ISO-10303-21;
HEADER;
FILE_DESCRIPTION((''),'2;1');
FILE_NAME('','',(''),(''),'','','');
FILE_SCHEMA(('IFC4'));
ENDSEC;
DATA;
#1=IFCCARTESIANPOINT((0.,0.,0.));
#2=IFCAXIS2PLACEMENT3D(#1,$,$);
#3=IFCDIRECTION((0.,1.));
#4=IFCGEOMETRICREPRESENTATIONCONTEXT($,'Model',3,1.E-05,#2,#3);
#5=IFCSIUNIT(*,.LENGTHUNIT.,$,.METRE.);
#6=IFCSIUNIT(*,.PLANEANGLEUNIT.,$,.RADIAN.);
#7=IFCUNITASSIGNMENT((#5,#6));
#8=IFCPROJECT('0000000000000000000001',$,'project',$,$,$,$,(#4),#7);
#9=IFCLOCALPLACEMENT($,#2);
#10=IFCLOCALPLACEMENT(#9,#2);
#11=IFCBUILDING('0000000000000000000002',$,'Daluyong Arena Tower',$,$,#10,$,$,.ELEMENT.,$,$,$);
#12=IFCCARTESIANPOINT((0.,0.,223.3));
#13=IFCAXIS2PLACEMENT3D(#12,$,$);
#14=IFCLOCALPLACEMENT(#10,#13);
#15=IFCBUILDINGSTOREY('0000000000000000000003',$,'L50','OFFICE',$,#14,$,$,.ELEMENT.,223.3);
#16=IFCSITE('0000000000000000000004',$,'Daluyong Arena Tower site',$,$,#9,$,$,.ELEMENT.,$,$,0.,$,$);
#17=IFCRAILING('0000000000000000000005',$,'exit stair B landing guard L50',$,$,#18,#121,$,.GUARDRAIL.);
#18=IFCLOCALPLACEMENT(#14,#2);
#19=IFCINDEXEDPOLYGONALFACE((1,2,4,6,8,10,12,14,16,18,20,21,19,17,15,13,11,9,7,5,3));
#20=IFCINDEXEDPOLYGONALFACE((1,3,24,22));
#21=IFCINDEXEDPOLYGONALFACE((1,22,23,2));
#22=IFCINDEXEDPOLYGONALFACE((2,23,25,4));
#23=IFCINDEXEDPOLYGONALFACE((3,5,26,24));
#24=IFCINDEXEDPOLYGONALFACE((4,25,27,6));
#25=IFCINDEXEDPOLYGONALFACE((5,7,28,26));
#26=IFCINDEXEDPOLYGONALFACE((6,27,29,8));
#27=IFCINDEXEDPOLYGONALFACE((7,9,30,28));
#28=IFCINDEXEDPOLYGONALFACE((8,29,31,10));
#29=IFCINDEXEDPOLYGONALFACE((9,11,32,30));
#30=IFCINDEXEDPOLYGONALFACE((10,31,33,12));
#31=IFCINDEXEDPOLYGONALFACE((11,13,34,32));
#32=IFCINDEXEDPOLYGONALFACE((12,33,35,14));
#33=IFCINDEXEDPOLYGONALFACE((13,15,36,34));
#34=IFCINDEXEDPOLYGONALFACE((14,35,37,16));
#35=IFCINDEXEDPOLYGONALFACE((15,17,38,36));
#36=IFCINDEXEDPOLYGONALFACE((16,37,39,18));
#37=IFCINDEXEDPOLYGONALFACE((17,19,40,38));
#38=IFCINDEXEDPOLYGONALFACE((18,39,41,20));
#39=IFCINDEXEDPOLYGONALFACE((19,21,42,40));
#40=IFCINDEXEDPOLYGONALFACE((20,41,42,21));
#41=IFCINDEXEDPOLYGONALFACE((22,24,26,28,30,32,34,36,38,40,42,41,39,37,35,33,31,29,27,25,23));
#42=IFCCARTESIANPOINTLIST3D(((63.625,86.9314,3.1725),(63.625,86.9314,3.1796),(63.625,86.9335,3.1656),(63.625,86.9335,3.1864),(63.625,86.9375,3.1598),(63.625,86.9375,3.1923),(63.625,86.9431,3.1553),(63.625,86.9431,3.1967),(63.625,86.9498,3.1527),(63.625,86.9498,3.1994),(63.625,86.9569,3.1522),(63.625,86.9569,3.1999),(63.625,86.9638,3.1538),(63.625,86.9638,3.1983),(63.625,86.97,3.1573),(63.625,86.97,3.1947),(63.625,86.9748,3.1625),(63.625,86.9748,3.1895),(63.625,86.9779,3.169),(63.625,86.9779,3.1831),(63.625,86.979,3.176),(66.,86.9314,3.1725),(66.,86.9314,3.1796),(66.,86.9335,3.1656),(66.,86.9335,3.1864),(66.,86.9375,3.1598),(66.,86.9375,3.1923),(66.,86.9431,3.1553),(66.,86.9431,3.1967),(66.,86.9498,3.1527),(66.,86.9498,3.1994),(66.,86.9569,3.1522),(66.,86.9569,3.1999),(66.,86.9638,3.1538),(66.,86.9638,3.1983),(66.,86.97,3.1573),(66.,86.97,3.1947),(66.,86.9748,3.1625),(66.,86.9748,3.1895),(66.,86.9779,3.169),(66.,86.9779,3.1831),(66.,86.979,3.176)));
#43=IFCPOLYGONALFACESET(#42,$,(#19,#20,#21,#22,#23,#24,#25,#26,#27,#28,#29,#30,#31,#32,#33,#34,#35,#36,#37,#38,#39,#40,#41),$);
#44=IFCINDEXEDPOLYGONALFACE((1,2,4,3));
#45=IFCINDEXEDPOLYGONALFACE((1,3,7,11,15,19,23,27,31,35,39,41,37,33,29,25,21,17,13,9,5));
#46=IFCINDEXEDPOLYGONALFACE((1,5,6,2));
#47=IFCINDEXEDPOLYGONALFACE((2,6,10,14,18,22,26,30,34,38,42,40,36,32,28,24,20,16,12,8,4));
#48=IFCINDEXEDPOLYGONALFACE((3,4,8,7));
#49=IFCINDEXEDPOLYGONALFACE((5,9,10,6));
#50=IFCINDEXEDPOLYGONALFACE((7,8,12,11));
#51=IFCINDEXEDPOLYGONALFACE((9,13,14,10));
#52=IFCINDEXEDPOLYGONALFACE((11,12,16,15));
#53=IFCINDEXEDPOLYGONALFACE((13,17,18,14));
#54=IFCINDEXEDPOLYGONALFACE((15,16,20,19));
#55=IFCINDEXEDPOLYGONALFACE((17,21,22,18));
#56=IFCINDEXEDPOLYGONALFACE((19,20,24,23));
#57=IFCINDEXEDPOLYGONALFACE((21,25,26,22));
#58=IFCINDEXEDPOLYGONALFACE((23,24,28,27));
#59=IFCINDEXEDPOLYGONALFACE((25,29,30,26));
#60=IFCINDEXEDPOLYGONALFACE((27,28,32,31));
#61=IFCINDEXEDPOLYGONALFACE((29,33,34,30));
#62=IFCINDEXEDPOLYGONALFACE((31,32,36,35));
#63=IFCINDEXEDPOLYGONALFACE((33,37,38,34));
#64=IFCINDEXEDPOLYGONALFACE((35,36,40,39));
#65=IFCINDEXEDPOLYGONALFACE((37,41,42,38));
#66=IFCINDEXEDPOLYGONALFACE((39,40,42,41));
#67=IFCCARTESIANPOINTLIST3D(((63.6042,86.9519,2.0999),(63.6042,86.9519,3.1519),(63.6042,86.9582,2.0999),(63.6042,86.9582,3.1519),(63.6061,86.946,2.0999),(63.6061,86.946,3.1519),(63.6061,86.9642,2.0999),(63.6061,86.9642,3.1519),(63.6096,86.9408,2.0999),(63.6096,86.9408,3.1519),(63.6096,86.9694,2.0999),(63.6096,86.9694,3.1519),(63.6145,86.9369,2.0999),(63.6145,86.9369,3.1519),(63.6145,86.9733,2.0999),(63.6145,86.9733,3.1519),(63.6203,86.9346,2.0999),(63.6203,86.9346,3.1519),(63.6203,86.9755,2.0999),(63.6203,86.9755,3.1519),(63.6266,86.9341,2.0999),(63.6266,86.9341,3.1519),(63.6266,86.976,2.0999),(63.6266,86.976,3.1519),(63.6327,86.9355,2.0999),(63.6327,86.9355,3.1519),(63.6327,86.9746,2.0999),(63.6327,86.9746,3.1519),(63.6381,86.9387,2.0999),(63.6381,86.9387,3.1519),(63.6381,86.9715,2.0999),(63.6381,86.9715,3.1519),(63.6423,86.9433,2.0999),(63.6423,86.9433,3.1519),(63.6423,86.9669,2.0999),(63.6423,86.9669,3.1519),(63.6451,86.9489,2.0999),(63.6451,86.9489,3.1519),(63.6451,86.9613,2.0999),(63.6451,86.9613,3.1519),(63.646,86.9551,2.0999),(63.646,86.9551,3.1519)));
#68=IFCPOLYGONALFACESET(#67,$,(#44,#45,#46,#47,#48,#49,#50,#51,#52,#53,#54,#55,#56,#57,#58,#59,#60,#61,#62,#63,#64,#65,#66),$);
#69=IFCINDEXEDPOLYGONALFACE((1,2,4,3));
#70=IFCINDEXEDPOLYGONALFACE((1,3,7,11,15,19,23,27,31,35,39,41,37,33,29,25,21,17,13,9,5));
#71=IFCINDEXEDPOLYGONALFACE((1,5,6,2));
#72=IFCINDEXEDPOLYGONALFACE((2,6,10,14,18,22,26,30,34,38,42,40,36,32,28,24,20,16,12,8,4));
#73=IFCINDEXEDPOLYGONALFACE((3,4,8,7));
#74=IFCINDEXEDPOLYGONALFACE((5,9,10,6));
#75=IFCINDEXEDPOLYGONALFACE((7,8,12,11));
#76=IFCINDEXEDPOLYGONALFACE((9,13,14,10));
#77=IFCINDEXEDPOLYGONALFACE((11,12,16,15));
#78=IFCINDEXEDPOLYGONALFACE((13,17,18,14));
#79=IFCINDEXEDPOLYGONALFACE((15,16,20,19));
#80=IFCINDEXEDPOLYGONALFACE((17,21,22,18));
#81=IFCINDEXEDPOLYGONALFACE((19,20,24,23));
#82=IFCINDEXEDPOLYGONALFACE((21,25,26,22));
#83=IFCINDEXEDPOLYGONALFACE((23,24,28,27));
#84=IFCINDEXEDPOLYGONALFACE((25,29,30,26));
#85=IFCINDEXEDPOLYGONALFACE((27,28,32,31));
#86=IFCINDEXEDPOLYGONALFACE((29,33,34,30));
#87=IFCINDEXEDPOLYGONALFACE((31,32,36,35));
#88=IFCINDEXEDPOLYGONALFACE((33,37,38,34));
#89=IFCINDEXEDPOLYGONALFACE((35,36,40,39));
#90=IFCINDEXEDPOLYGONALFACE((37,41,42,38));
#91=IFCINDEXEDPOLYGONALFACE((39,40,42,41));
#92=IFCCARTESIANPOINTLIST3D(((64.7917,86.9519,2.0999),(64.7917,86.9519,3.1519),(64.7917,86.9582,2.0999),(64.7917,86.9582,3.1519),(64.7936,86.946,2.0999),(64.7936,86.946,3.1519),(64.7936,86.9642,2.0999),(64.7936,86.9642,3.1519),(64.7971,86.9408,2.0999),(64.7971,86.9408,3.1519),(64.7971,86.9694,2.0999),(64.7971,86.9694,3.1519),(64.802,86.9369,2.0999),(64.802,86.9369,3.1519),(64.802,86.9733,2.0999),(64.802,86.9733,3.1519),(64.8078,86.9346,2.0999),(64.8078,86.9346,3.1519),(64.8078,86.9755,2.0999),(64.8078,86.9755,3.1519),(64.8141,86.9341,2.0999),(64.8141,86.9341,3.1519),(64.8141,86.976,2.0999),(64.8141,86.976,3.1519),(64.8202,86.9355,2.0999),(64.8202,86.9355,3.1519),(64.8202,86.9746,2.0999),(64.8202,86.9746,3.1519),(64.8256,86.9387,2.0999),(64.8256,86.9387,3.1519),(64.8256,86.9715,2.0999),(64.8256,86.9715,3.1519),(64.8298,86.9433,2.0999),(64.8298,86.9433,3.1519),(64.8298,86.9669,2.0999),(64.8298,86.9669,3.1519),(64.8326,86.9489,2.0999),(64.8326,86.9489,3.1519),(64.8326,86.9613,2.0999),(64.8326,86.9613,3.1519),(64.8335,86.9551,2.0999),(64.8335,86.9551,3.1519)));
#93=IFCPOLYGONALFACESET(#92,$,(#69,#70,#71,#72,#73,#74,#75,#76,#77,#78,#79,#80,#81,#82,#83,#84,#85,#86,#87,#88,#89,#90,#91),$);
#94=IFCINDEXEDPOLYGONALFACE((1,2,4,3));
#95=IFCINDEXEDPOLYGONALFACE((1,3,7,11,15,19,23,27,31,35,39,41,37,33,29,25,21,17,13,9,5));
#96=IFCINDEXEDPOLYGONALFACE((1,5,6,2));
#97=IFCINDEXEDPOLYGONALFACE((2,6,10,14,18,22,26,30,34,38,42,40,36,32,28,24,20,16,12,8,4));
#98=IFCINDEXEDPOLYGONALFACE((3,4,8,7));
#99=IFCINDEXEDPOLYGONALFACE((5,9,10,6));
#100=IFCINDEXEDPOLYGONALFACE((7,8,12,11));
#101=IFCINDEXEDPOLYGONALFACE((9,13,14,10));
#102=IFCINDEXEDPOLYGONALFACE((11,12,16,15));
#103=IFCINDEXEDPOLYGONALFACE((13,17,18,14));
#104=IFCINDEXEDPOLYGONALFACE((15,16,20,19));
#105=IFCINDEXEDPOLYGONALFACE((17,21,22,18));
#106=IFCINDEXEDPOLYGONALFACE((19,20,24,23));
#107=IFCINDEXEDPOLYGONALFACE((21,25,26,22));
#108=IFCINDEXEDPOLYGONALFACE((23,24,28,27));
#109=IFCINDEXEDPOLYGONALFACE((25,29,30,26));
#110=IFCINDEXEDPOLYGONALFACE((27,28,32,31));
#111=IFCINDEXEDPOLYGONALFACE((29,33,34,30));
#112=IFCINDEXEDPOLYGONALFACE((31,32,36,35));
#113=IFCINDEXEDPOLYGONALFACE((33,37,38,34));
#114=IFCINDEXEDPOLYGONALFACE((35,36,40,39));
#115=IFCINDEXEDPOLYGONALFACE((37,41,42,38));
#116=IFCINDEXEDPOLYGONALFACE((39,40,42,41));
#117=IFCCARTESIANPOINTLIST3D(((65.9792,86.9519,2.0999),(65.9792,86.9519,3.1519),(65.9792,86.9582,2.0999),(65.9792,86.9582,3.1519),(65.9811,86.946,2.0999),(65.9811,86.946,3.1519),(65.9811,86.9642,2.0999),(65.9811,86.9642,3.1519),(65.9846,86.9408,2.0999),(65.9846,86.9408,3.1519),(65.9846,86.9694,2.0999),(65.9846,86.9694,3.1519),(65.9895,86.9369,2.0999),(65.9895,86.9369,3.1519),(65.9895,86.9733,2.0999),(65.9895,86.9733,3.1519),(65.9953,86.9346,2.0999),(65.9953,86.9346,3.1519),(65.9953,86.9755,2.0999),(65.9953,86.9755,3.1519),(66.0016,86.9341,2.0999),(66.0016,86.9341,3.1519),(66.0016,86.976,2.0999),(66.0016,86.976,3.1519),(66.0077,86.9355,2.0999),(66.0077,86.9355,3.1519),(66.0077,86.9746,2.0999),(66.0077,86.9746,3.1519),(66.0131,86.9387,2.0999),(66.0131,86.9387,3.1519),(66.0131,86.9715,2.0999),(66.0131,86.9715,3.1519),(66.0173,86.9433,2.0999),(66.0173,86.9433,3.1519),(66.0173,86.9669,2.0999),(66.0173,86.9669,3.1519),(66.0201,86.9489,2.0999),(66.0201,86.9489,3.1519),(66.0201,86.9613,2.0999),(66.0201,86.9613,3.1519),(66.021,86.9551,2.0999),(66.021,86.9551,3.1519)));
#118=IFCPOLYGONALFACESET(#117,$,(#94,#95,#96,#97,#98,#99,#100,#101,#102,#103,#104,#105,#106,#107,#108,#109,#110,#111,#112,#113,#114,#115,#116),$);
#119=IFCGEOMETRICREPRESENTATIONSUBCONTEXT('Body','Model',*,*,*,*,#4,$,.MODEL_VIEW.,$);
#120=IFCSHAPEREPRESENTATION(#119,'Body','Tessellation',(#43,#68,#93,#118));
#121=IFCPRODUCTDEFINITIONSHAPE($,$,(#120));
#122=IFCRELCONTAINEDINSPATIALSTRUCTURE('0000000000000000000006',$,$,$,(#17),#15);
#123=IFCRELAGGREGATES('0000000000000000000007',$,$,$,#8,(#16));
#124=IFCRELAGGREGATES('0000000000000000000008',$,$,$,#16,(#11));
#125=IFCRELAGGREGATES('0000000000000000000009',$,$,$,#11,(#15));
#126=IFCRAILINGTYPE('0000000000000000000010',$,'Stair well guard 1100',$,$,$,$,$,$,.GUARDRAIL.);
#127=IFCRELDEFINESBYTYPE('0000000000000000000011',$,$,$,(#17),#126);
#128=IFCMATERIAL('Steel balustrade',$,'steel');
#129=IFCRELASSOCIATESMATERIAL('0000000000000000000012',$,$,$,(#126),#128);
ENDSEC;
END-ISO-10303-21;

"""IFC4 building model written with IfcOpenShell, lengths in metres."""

from ifc_helpers import new_model, si_unit, direction, frame, origin, origin_2d, place, context, subcontext, project, spatial, circle, extrude, material, type_object, element, save


model = new_model("IFC4")

# Units and contexts
model_context = context("Model", 3, precision=1e-05, world=origin(), true_north=direction((0.0, 1.0)))
body_context = subcontext(model_context, "Body", "Model", "MODEL_VIEW")
ifc_project = project(units=[si_unit("LENGTHUNIT", "METRE"), si_unit("PLANEANGLEUNIT", "RADIAN")], contexts=[model_context])

# Site, building, storey
site_placement = place(None, origin())
site = spatial("IfcSite", under=ifc_project, at=site_placement, Name="Daluyong Arena Tower site", CompositionType="ELEMENT", RefElevation=0.0)
building_placement = place(site_placement, origin())
building = spatial("IfcBuilding", under=site, at=building_placement, Name="Daluyong Arena Tower", CompositionType="ELEMENT")
storey_placement = place(building_placement, frame((0.0, 0.0, 223.3)))
storey = spatial("IfcBuildingStorey", under=building, at=storey_placement, Name="L50", Description="OFFICE", CompositionType="ELEMENT", Elevation=223.3)

# Railing
ifc_material_1 = material(Name="Steel balustrade", Category="steel")
railing_type_1 = type_object("IfcRailingType", Name="Stair well guard 1100", PredefinedType="GUARDRAIL", material=ifc_material_1)
railing_1_placement = place(storey_placement, frame((63.625, 86.9551, 2.0999)))
element("IfcRailing", 1, at=railing_1_placement, inside=storey, type_object=railing_type_1, Name="exit stair B landing guard L50", PredefinedType="GUARDRAIL", context=body_context, shape_type="SweptSolid", body=[
    extrude(circle(Radius=0.0239, at=origin_2d()), frame((0.0, 0.0, 1.0762), z_axis=(1.0, 0.0, 0.0), x_axis=(0.0, 1.0, 0.0)), (0.0, 0.0, 1.0), 2.375),
    extrude(circle(Radius=0.021, at=origin_2d()), origin(), (0.0, 0.0, 1.0), 1.052),
    extrude(circle(Radius=0.021, at=origin_2d()), frame((1.1875, 0.0, 0.0)), (0.0, 0.0, 1.0), 1.052),
    extrude(circle(Radius=0.021, at=origin_2d()), frame((2.375, 0.0, 0.0)), (0.0, 0.0, 1.0), 1.052),
])

save(model, "model.ifc")
